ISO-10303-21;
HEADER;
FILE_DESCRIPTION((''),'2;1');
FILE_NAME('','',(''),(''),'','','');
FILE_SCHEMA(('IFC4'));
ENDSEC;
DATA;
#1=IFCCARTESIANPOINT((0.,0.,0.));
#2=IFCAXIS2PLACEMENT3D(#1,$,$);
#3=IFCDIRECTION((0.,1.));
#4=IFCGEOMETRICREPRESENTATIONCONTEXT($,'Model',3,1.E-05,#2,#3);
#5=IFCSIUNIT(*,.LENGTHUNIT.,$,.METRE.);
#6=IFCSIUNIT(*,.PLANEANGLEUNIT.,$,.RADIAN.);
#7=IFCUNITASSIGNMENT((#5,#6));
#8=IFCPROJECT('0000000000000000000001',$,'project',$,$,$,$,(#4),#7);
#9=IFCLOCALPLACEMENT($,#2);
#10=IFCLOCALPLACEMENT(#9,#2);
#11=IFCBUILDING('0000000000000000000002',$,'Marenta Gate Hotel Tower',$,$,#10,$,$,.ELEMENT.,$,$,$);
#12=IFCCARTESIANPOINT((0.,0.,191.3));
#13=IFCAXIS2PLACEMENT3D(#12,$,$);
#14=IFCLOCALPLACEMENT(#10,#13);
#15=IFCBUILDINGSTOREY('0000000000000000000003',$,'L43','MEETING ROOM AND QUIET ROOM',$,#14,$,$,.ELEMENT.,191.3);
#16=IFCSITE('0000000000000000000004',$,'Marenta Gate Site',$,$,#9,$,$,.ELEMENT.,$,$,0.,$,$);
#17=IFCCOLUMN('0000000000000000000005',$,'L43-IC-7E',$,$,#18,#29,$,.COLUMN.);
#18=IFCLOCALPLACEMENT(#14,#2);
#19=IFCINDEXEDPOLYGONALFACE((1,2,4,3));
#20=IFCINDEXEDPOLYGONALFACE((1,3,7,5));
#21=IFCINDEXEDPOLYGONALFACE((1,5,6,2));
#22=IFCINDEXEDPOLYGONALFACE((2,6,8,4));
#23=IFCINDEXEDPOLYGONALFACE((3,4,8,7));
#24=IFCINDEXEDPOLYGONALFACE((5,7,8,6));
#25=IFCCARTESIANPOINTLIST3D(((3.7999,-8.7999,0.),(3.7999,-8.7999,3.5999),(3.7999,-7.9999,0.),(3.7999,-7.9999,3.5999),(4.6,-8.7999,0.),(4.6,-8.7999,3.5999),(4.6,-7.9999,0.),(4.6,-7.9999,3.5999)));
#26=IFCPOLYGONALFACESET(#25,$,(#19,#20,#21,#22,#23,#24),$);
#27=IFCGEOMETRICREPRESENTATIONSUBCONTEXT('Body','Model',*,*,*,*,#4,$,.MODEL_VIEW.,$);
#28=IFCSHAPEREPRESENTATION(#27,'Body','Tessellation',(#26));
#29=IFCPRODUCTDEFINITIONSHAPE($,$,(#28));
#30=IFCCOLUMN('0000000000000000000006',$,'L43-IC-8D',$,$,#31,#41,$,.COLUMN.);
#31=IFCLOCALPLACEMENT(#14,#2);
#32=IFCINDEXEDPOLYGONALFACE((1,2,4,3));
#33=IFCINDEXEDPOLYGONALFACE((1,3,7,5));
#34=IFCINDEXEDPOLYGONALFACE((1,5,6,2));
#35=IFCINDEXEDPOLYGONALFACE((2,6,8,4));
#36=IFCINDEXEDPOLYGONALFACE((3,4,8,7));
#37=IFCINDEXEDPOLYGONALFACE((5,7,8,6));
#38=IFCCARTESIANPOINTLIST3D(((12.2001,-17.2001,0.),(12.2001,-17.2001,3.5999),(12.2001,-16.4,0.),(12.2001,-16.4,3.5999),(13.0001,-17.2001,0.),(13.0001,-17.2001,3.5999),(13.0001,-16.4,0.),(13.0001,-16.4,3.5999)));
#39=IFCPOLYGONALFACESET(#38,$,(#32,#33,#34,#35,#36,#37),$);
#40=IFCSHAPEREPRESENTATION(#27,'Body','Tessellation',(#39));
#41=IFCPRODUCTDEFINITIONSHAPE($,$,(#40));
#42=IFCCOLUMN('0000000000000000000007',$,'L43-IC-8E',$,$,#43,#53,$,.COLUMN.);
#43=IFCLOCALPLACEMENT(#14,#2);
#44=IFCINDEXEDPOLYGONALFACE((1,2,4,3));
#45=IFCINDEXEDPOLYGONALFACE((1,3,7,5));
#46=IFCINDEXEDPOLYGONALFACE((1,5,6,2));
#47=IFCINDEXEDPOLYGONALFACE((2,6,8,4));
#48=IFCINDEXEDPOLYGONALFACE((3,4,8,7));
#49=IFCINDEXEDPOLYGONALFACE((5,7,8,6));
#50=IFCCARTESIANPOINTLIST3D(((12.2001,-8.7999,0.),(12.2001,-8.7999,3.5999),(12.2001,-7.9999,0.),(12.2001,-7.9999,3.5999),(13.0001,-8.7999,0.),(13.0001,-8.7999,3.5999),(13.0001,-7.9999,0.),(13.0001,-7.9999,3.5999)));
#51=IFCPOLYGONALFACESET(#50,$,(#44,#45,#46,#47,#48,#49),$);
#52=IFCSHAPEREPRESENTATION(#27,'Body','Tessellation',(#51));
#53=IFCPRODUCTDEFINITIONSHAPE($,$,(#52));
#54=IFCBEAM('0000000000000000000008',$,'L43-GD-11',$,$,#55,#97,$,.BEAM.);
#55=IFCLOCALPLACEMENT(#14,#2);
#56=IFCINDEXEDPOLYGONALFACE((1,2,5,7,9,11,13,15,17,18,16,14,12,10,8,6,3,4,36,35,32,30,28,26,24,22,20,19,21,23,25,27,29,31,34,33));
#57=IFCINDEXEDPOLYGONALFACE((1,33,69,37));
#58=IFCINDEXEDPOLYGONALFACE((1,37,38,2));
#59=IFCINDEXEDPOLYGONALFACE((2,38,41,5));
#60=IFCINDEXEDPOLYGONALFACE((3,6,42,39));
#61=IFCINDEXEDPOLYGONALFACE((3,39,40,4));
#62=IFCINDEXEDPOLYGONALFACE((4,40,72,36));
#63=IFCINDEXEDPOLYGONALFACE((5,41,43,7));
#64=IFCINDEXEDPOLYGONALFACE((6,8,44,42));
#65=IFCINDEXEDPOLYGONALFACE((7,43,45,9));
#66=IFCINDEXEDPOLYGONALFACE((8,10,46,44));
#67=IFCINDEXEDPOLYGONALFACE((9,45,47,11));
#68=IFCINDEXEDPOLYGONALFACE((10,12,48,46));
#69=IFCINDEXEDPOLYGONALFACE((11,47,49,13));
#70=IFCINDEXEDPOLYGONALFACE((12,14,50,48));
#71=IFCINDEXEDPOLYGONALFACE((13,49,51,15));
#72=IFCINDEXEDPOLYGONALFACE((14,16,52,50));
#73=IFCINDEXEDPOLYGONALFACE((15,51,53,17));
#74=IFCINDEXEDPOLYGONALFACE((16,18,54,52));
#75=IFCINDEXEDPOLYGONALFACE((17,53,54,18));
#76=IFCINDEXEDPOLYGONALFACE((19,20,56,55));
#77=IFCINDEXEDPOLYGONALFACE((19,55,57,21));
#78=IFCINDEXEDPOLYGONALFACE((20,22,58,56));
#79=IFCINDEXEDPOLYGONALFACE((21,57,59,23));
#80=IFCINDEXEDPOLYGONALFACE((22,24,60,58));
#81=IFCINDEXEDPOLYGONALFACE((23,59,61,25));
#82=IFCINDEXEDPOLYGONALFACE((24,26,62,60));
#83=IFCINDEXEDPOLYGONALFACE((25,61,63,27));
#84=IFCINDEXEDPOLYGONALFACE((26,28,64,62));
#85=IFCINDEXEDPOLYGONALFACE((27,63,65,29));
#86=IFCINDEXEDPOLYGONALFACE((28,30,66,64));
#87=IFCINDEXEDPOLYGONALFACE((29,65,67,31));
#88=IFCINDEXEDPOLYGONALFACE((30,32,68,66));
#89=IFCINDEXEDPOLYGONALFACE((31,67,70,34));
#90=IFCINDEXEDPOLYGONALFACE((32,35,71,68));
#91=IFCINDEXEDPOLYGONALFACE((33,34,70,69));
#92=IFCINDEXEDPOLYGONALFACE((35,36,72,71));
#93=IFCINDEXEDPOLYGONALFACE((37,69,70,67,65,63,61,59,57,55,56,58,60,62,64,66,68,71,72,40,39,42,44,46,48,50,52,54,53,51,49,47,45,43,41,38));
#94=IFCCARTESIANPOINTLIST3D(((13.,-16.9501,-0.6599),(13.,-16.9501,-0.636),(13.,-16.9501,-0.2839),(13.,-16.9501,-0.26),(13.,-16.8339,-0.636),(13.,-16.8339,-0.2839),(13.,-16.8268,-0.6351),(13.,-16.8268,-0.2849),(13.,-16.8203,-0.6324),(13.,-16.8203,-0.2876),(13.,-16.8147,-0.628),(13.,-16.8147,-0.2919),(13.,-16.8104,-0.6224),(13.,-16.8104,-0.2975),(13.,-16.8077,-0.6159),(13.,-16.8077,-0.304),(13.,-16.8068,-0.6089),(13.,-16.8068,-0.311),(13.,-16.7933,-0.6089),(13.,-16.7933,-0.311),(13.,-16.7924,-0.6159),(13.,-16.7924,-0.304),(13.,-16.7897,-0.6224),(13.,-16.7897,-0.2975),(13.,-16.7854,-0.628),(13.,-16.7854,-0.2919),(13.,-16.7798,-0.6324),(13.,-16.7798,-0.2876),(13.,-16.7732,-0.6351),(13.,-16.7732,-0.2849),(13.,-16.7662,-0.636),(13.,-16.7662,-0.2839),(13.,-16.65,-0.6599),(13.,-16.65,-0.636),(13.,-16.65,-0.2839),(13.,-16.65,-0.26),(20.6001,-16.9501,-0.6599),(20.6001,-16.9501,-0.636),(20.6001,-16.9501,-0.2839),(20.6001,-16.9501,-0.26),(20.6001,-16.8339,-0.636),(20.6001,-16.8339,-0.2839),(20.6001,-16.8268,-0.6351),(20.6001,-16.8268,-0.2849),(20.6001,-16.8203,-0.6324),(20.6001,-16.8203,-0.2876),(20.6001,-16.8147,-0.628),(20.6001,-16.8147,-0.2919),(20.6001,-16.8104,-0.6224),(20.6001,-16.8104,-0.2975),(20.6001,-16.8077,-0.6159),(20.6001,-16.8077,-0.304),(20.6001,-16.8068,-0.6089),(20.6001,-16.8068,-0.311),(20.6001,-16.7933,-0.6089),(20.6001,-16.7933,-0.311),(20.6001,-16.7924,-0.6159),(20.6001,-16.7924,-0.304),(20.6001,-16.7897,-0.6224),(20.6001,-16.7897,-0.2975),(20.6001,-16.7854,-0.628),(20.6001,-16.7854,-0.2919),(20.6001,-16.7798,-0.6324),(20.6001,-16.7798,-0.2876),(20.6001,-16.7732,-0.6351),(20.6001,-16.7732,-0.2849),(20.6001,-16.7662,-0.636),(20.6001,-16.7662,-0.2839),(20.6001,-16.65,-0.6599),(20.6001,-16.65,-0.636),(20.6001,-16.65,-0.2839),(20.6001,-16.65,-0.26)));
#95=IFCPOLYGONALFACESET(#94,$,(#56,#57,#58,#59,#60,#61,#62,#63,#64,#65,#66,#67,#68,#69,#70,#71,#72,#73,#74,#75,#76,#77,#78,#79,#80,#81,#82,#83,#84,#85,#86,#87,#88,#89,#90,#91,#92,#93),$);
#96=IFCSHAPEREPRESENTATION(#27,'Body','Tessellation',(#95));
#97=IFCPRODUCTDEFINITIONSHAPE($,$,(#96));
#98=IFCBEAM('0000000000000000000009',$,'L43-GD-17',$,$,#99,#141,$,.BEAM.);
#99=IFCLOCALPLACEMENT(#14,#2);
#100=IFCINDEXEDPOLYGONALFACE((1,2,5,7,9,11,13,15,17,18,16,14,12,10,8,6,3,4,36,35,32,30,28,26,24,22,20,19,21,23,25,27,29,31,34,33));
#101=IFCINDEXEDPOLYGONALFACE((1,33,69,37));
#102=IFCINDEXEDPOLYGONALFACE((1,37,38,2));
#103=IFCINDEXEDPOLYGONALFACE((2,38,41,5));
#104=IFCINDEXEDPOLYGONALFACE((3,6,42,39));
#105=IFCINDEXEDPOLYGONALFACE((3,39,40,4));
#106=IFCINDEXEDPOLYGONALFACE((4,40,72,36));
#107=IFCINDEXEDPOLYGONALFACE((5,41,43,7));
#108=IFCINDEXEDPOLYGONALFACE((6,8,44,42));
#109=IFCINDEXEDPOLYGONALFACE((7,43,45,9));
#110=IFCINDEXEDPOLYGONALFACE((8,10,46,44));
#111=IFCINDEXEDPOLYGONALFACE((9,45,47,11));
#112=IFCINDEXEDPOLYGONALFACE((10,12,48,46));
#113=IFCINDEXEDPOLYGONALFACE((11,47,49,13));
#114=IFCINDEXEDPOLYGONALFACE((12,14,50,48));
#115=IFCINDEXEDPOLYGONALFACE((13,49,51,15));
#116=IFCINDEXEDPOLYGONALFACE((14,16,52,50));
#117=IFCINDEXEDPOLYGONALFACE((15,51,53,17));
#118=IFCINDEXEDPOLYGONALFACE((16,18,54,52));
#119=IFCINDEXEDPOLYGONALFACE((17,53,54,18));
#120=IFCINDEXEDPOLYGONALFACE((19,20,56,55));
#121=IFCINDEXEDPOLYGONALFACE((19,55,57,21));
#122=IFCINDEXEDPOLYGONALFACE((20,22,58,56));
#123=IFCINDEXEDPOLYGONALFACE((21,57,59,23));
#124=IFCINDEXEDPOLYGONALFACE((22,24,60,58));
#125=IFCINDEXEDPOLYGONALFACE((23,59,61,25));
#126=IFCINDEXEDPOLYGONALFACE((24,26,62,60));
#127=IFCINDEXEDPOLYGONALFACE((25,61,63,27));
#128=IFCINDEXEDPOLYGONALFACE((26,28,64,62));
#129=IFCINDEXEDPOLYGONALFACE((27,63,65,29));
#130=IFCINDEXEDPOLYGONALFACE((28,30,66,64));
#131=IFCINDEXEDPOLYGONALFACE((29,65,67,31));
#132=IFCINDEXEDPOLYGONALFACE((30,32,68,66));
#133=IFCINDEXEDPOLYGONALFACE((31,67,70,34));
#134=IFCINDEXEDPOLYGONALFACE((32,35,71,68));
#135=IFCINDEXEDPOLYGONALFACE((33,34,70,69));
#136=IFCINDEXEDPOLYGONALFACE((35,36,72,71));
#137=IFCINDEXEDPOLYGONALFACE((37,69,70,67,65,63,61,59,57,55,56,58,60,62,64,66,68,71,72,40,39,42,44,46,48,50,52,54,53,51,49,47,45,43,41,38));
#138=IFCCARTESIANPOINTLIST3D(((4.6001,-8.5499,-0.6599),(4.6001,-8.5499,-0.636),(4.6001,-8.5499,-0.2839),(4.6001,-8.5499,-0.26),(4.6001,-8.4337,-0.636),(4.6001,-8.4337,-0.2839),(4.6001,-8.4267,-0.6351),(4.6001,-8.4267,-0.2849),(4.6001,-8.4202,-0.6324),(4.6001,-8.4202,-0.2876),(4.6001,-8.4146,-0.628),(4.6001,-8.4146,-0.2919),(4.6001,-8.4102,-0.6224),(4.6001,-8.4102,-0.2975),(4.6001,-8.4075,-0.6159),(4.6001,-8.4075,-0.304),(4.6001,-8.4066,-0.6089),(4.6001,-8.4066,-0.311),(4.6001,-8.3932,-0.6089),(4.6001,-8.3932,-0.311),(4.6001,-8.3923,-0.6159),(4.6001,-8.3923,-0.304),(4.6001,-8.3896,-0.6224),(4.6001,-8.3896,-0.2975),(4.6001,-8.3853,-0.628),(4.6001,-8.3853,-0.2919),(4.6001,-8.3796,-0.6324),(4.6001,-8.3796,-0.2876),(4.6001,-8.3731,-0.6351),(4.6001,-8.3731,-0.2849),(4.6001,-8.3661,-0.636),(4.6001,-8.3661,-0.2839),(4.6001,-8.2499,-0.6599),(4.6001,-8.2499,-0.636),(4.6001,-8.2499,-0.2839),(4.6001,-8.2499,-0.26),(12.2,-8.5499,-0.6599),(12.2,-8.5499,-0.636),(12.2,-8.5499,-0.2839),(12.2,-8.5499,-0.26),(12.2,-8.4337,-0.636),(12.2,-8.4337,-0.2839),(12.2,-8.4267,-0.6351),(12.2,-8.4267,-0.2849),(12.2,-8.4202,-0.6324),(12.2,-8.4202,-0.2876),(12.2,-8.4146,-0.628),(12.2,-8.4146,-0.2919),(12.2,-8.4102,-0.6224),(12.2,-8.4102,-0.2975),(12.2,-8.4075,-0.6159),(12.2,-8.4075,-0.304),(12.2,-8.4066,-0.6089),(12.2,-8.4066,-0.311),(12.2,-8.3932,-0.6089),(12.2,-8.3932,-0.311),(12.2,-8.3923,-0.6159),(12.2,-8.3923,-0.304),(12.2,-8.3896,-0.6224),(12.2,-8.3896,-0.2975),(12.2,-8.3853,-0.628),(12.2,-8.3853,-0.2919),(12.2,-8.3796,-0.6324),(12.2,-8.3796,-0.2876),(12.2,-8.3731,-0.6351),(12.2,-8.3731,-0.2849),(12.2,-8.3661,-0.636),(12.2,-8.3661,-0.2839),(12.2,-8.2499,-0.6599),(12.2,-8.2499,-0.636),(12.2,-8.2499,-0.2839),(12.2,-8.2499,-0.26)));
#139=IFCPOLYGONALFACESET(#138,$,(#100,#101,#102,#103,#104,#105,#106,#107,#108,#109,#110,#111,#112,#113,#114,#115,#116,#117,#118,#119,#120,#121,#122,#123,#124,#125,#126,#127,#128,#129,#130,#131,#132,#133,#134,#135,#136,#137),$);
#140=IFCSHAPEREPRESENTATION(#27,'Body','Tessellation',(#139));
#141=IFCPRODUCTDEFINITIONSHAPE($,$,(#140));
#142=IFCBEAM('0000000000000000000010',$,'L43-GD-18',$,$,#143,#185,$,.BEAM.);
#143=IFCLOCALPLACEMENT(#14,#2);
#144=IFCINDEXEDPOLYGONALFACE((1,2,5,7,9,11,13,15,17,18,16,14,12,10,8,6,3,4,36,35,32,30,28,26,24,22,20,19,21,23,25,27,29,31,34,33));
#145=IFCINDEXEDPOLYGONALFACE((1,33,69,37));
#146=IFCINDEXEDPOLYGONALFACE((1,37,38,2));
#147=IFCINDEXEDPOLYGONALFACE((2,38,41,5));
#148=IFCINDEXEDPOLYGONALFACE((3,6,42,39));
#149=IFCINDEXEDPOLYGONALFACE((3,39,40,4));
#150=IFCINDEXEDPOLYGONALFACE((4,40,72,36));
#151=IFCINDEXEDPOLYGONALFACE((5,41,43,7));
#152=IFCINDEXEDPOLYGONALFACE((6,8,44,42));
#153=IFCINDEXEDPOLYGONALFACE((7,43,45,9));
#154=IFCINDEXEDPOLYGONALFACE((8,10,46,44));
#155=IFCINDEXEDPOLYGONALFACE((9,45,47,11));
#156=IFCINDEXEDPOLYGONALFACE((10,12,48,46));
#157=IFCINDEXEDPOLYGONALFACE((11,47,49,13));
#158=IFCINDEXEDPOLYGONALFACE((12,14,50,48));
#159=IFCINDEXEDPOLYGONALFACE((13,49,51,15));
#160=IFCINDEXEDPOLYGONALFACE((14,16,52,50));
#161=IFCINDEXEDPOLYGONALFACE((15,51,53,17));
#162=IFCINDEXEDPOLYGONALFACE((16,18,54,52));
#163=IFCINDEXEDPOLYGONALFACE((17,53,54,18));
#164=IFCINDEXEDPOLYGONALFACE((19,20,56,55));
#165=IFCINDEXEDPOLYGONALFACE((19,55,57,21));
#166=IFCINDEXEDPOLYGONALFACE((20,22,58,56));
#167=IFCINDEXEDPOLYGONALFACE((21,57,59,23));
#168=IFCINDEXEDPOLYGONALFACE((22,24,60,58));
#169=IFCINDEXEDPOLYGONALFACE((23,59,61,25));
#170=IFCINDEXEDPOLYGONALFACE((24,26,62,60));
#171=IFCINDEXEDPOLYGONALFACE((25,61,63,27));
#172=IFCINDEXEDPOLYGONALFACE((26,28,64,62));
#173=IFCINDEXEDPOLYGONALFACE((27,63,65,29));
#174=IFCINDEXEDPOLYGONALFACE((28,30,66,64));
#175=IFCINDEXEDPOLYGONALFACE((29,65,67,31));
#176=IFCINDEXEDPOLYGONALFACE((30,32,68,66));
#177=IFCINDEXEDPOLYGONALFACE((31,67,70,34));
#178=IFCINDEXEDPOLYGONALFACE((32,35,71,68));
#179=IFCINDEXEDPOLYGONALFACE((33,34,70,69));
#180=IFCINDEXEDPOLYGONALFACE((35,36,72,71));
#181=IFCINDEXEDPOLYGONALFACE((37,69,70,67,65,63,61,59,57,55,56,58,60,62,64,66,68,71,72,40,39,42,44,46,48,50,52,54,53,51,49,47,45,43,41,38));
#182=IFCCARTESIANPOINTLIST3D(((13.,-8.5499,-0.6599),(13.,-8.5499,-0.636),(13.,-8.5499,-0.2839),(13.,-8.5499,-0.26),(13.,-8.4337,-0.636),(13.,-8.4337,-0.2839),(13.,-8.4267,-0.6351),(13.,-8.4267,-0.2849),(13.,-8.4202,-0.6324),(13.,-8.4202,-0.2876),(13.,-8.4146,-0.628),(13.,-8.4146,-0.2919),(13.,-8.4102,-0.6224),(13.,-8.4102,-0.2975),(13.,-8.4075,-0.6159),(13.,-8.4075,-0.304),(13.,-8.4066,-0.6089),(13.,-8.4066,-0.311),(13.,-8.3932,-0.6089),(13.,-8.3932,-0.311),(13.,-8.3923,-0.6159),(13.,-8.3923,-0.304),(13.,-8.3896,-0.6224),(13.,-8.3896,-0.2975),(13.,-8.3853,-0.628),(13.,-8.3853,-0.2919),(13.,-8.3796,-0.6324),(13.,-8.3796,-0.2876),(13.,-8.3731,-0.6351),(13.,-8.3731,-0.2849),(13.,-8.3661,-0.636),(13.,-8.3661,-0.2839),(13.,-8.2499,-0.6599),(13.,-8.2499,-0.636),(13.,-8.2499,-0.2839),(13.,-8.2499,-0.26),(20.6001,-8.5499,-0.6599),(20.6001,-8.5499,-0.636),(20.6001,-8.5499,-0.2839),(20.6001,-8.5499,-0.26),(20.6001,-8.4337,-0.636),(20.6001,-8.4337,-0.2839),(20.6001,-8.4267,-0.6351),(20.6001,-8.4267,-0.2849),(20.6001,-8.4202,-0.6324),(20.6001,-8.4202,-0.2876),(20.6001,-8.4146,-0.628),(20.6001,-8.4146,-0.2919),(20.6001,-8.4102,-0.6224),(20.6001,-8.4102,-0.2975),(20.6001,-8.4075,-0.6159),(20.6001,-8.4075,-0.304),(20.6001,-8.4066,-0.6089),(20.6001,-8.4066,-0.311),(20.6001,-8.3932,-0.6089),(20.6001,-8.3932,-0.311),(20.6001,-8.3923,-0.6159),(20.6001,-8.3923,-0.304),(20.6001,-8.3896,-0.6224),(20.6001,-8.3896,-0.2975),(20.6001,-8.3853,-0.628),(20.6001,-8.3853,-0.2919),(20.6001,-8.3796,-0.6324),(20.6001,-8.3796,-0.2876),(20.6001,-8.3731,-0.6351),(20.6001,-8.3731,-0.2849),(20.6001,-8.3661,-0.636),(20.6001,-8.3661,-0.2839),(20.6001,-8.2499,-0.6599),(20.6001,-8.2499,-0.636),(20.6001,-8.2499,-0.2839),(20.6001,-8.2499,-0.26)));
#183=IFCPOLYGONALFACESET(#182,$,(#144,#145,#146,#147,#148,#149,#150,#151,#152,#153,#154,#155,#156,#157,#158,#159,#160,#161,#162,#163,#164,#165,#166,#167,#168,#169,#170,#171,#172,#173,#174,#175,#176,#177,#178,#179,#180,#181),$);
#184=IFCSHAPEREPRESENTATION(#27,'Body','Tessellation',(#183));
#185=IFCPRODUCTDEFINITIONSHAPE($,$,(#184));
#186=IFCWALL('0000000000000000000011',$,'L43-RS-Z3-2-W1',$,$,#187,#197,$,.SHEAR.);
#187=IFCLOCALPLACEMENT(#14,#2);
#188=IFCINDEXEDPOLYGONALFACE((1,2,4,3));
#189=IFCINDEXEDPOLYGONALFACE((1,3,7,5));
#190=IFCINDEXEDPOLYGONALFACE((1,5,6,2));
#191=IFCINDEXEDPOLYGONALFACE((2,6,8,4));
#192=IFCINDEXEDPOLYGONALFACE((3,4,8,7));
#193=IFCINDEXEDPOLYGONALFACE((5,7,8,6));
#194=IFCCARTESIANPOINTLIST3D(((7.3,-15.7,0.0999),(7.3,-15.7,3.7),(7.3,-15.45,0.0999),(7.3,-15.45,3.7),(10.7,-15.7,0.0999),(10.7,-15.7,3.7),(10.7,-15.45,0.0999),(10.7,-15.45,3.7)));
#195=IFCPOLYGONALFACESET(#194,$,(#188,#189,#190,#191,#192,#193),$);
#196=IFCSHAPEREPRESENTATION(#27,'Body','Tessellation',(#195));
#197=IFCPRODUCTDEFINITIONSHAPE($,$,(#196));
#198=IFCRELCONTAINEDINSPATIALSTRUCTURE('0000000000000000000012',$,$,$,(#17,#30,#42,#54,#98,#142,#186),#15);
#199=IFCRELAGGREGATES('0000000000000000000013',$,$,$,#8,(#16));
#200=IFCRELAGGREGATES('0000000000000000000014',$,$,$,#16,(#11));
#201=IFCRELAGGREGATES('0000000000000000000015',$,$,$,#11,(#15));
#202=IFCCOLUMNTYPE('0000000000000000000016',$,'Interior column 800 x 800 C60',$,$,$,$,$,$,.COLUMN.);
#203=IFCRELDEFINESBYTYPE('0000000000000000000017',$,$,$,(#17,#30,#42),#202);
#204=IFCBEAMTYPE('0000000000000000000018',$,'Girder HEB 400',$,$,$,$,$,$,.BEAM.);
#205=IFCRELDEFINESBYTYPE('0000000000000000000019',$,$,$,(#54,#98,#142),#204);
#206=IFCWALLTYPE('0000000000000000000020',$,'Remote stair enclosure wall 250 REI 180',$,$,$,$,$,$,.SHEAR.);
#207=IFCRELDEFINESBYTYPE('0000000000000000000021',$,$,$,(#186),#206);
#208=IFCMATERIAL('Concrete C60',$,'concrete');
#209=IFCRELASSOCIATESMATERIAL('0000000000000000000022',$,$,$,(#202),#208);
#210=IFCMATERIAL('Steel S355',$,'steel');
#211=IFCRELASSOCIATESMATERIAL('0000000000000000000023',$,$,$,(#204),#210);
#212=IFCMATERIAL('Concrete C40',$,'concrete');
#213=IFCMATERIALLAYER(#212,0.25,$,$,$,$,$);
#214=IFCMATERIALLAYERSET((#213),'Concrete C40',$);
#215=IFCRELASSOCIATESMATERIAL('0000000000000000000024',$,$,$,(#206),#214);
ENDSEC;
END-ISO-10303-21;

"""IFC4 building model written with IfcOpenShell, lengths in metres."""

from ifc_helpers import new_model, si_unit, direction, frame, frame_2d, origin, origin_2d, place, context, subcontext, project, spatial, rectangle, i_section, extrude, material, layer, layer_set, material_profile, profile_set, type_object, element, save


model = new_model("IFC4")

# Units and contexts
model_context = context("Model", 3, precision=1e-05, world=origin(), true_north=direction((0.0, 1.0)))
body_context = subcontext(model_context, "Body", "Model", "MODEL_VIEW")
ifc_project = project(units=[si_unit("LENGTHUNIT", "METRE"), si_unit("PLANEANGLEUNIT", "RADIAN")], contexts=[model_context])

# Site, building, storey
site_placement = place(None, origin())
site = spatial("IfcSite", under=ifc_project, at=site_placement, Name="Marenta Gate Site", CompositionType="ELEMENT", RefElevation=0.0)
building_placement = place(site_placement, origin())
building = spatial("IfcBuilding", under=site, at=building_placement, Name="Marenta Gate Hotel Tower", CompositionType="ELEMENT")
storey_placement = place(building_placement, frame((0.0, 0.0, 191.3)))
storey = spatial("IfcBuildingStorey", under=building, at=storey_placement, Name="L43", Description="MEETING ROOM AND QUIET ROOM", CompositionType="ELEMENT", Elevation=191.3)

# Columns
ifc_material_1 = material(Name="Concrete C60", Category="concrete")
ifc_material_profile_1 = material_profile(ifc_material_1, rectangle(XDim=0.8, YDim=0.8, at=origin_2d()), Name="800 x 800")
ifc_profile_set_1 = profile_set([ifc_material_profile_1], Name="Concrete C60")
column_type = type_object("IfcColumnType", Name="Interior column 800 x 800 C60", PredefinedType="COLUMN", material=ifc_profile_set_1)
for number, where, z_axis, x_axis, name in (
    (1, (4.2, -8.3999, 0.0), (0.0, 0.0, 1.0), (1.0, 0.0, 0.0), "L43-IC-7E"),
    (2, (12.6001, -16.8, 0.0), (0.0, 0.0, 1.0), (1.0, 0.0, 0.0), "L43-IC-8D"),
    (3, (12.6001, -8.3999, 0.0), (0.0, 0.0, 1.0), (1.0, 0.0, 0.0), "L43-IC-8E"),
):
    element("IfcColumn", number, at=place(storey_placement, frame(where, z_axis=z_axis, x_axis=x_axis)), inside=storey, type_object=column_type, Name=name, PredefinedType="COLUMN", context=body_context, shape_type="SweptSolid", body=[
        extrude(rectangle(XDim=0.8, YDim=0.8, at=origin_2d()), origin(), (0.0, 0.0, 1.0), 3.5999),
    ])

# Beams
ifc_material_2 = material(Name="Steel S355", Category="steel")
ifc_material_profile_2 = material_profile(ifc_material_2, i_section(OverallWidth=0.3, OverallDepth=0.3999, WebThickness=0.0134, FlangeThickness=0.0239, FilletRadius=0.0271, at=origin_2d()), Name="HEB 400")
ifc_profile_set_2 = profile_set([ifc_material_profile_2], Name="Steel S355")
beam_type = type_object("IfcBeamType", Name="Girder HEB 400", PredefinedType="BEAM", material=ifc_profile_set_2)
beam_1_placement = place(storey_placement, frame((13.0, -16.8, -0.46), z_axis=(1.0, 0.0, 0.0), x_axis=(0.0, 1.0, 0.0)))
element("IfcBeam", 4, at=beam_1_placement, inside=storey, type_object=beam_type, Name="L43-GD-11", PredefinedType="BEAM", context=body_context, shape_type="SweptSolid", body=[
    extrude(i_section(OverallWidth=0.3, OverallDepth=0.3999, WebThickness=0.0134, FlangeThickness=0.0239, FilletRadius=0.0271, at=origin_2d()), origin(), (0.0, 0.0, 1.0), 7.6001),
])
beam_2_placement = place(storey_placement, frame((4.6001, -8.3999, -0.46), z_axis=(1.0, 0.0, 0.0), x_axis=(0.0, 1.0, 0.0)))
element("IfcBeam", 5, at=beam_2_placement, inside=storey, type_object=beam_type, Name="L43-GD-17", PredefinedType="BEAM", context=body_context, shape_type="SweptSolid", body=[
    extrude(i_section(OverallWidth=0.3, OverallDepth=0.3999, WebThickness=0.0134, FlangeThickness=0.0239, FilletRadius=0.0271, at=origin_2d()), origin(), (0.0, 0.0, 1.0), 7.5999),
])
beam_3_placement = place(storey_placement, frame((13.0, -8.3999, -0.46), z_axis=(1.0, 0.0, 0.0), x_axis=(0.0, 1.0, 0.0)))
element("IfcBeam", 6, at=beam_3_placement, inside=storey, type_object=beam_type, Name="L43-GD-18", PredefinedType="BEAM", context=body_context, shape_type="SweptSolid", body=[
    extrude(i_section(OverallWidth=0.3, OverallDepth=0.3999, WebThickness=0.0134, FlangeThickness=0.0239, FilletRadius=0.0271, at=origin_2d()), origin(), (0.0, 0.0, 1.0), 7.6001),
])

# Wall
ifc_material_3 = material(Name="Concrete C40", Category="concrete")
ifc_layer_1 = layer(ifc_material_3, 0.25)
ifc_layer_set_1 = layer_set([ifc_layer_1], Name="Concrete C40")
wall_type_1 = type_object("IfcWallType", Name="Remote stair enclosure wall 250 REI 180", PredefinedType="SHEAR", material=ifc_layer_set_1)
wall_1_placement = place(storey_placement, frame((7.3, -15.575, 0.0999), z_axis=(0.0, 0.0, 1.0), x_axis=(1.0, 0.0, 0.0)))
element("IfcWall", 7, at=wall_1_placement, inside=storey, type_object=wall_type_1, Name="L43-RS-Z3-2-W1", PredefinedType="SHEAR", context=body_context, shape_type="SweptSolid", body=[
    extrude(rectangle(XDim=3.3999, YDim=0.25, at=frame_2d((1.7, 0.0))), origin(), (0.0, 0.0, 1.0), 3.6001),
])

save(model, "model.ifc")
